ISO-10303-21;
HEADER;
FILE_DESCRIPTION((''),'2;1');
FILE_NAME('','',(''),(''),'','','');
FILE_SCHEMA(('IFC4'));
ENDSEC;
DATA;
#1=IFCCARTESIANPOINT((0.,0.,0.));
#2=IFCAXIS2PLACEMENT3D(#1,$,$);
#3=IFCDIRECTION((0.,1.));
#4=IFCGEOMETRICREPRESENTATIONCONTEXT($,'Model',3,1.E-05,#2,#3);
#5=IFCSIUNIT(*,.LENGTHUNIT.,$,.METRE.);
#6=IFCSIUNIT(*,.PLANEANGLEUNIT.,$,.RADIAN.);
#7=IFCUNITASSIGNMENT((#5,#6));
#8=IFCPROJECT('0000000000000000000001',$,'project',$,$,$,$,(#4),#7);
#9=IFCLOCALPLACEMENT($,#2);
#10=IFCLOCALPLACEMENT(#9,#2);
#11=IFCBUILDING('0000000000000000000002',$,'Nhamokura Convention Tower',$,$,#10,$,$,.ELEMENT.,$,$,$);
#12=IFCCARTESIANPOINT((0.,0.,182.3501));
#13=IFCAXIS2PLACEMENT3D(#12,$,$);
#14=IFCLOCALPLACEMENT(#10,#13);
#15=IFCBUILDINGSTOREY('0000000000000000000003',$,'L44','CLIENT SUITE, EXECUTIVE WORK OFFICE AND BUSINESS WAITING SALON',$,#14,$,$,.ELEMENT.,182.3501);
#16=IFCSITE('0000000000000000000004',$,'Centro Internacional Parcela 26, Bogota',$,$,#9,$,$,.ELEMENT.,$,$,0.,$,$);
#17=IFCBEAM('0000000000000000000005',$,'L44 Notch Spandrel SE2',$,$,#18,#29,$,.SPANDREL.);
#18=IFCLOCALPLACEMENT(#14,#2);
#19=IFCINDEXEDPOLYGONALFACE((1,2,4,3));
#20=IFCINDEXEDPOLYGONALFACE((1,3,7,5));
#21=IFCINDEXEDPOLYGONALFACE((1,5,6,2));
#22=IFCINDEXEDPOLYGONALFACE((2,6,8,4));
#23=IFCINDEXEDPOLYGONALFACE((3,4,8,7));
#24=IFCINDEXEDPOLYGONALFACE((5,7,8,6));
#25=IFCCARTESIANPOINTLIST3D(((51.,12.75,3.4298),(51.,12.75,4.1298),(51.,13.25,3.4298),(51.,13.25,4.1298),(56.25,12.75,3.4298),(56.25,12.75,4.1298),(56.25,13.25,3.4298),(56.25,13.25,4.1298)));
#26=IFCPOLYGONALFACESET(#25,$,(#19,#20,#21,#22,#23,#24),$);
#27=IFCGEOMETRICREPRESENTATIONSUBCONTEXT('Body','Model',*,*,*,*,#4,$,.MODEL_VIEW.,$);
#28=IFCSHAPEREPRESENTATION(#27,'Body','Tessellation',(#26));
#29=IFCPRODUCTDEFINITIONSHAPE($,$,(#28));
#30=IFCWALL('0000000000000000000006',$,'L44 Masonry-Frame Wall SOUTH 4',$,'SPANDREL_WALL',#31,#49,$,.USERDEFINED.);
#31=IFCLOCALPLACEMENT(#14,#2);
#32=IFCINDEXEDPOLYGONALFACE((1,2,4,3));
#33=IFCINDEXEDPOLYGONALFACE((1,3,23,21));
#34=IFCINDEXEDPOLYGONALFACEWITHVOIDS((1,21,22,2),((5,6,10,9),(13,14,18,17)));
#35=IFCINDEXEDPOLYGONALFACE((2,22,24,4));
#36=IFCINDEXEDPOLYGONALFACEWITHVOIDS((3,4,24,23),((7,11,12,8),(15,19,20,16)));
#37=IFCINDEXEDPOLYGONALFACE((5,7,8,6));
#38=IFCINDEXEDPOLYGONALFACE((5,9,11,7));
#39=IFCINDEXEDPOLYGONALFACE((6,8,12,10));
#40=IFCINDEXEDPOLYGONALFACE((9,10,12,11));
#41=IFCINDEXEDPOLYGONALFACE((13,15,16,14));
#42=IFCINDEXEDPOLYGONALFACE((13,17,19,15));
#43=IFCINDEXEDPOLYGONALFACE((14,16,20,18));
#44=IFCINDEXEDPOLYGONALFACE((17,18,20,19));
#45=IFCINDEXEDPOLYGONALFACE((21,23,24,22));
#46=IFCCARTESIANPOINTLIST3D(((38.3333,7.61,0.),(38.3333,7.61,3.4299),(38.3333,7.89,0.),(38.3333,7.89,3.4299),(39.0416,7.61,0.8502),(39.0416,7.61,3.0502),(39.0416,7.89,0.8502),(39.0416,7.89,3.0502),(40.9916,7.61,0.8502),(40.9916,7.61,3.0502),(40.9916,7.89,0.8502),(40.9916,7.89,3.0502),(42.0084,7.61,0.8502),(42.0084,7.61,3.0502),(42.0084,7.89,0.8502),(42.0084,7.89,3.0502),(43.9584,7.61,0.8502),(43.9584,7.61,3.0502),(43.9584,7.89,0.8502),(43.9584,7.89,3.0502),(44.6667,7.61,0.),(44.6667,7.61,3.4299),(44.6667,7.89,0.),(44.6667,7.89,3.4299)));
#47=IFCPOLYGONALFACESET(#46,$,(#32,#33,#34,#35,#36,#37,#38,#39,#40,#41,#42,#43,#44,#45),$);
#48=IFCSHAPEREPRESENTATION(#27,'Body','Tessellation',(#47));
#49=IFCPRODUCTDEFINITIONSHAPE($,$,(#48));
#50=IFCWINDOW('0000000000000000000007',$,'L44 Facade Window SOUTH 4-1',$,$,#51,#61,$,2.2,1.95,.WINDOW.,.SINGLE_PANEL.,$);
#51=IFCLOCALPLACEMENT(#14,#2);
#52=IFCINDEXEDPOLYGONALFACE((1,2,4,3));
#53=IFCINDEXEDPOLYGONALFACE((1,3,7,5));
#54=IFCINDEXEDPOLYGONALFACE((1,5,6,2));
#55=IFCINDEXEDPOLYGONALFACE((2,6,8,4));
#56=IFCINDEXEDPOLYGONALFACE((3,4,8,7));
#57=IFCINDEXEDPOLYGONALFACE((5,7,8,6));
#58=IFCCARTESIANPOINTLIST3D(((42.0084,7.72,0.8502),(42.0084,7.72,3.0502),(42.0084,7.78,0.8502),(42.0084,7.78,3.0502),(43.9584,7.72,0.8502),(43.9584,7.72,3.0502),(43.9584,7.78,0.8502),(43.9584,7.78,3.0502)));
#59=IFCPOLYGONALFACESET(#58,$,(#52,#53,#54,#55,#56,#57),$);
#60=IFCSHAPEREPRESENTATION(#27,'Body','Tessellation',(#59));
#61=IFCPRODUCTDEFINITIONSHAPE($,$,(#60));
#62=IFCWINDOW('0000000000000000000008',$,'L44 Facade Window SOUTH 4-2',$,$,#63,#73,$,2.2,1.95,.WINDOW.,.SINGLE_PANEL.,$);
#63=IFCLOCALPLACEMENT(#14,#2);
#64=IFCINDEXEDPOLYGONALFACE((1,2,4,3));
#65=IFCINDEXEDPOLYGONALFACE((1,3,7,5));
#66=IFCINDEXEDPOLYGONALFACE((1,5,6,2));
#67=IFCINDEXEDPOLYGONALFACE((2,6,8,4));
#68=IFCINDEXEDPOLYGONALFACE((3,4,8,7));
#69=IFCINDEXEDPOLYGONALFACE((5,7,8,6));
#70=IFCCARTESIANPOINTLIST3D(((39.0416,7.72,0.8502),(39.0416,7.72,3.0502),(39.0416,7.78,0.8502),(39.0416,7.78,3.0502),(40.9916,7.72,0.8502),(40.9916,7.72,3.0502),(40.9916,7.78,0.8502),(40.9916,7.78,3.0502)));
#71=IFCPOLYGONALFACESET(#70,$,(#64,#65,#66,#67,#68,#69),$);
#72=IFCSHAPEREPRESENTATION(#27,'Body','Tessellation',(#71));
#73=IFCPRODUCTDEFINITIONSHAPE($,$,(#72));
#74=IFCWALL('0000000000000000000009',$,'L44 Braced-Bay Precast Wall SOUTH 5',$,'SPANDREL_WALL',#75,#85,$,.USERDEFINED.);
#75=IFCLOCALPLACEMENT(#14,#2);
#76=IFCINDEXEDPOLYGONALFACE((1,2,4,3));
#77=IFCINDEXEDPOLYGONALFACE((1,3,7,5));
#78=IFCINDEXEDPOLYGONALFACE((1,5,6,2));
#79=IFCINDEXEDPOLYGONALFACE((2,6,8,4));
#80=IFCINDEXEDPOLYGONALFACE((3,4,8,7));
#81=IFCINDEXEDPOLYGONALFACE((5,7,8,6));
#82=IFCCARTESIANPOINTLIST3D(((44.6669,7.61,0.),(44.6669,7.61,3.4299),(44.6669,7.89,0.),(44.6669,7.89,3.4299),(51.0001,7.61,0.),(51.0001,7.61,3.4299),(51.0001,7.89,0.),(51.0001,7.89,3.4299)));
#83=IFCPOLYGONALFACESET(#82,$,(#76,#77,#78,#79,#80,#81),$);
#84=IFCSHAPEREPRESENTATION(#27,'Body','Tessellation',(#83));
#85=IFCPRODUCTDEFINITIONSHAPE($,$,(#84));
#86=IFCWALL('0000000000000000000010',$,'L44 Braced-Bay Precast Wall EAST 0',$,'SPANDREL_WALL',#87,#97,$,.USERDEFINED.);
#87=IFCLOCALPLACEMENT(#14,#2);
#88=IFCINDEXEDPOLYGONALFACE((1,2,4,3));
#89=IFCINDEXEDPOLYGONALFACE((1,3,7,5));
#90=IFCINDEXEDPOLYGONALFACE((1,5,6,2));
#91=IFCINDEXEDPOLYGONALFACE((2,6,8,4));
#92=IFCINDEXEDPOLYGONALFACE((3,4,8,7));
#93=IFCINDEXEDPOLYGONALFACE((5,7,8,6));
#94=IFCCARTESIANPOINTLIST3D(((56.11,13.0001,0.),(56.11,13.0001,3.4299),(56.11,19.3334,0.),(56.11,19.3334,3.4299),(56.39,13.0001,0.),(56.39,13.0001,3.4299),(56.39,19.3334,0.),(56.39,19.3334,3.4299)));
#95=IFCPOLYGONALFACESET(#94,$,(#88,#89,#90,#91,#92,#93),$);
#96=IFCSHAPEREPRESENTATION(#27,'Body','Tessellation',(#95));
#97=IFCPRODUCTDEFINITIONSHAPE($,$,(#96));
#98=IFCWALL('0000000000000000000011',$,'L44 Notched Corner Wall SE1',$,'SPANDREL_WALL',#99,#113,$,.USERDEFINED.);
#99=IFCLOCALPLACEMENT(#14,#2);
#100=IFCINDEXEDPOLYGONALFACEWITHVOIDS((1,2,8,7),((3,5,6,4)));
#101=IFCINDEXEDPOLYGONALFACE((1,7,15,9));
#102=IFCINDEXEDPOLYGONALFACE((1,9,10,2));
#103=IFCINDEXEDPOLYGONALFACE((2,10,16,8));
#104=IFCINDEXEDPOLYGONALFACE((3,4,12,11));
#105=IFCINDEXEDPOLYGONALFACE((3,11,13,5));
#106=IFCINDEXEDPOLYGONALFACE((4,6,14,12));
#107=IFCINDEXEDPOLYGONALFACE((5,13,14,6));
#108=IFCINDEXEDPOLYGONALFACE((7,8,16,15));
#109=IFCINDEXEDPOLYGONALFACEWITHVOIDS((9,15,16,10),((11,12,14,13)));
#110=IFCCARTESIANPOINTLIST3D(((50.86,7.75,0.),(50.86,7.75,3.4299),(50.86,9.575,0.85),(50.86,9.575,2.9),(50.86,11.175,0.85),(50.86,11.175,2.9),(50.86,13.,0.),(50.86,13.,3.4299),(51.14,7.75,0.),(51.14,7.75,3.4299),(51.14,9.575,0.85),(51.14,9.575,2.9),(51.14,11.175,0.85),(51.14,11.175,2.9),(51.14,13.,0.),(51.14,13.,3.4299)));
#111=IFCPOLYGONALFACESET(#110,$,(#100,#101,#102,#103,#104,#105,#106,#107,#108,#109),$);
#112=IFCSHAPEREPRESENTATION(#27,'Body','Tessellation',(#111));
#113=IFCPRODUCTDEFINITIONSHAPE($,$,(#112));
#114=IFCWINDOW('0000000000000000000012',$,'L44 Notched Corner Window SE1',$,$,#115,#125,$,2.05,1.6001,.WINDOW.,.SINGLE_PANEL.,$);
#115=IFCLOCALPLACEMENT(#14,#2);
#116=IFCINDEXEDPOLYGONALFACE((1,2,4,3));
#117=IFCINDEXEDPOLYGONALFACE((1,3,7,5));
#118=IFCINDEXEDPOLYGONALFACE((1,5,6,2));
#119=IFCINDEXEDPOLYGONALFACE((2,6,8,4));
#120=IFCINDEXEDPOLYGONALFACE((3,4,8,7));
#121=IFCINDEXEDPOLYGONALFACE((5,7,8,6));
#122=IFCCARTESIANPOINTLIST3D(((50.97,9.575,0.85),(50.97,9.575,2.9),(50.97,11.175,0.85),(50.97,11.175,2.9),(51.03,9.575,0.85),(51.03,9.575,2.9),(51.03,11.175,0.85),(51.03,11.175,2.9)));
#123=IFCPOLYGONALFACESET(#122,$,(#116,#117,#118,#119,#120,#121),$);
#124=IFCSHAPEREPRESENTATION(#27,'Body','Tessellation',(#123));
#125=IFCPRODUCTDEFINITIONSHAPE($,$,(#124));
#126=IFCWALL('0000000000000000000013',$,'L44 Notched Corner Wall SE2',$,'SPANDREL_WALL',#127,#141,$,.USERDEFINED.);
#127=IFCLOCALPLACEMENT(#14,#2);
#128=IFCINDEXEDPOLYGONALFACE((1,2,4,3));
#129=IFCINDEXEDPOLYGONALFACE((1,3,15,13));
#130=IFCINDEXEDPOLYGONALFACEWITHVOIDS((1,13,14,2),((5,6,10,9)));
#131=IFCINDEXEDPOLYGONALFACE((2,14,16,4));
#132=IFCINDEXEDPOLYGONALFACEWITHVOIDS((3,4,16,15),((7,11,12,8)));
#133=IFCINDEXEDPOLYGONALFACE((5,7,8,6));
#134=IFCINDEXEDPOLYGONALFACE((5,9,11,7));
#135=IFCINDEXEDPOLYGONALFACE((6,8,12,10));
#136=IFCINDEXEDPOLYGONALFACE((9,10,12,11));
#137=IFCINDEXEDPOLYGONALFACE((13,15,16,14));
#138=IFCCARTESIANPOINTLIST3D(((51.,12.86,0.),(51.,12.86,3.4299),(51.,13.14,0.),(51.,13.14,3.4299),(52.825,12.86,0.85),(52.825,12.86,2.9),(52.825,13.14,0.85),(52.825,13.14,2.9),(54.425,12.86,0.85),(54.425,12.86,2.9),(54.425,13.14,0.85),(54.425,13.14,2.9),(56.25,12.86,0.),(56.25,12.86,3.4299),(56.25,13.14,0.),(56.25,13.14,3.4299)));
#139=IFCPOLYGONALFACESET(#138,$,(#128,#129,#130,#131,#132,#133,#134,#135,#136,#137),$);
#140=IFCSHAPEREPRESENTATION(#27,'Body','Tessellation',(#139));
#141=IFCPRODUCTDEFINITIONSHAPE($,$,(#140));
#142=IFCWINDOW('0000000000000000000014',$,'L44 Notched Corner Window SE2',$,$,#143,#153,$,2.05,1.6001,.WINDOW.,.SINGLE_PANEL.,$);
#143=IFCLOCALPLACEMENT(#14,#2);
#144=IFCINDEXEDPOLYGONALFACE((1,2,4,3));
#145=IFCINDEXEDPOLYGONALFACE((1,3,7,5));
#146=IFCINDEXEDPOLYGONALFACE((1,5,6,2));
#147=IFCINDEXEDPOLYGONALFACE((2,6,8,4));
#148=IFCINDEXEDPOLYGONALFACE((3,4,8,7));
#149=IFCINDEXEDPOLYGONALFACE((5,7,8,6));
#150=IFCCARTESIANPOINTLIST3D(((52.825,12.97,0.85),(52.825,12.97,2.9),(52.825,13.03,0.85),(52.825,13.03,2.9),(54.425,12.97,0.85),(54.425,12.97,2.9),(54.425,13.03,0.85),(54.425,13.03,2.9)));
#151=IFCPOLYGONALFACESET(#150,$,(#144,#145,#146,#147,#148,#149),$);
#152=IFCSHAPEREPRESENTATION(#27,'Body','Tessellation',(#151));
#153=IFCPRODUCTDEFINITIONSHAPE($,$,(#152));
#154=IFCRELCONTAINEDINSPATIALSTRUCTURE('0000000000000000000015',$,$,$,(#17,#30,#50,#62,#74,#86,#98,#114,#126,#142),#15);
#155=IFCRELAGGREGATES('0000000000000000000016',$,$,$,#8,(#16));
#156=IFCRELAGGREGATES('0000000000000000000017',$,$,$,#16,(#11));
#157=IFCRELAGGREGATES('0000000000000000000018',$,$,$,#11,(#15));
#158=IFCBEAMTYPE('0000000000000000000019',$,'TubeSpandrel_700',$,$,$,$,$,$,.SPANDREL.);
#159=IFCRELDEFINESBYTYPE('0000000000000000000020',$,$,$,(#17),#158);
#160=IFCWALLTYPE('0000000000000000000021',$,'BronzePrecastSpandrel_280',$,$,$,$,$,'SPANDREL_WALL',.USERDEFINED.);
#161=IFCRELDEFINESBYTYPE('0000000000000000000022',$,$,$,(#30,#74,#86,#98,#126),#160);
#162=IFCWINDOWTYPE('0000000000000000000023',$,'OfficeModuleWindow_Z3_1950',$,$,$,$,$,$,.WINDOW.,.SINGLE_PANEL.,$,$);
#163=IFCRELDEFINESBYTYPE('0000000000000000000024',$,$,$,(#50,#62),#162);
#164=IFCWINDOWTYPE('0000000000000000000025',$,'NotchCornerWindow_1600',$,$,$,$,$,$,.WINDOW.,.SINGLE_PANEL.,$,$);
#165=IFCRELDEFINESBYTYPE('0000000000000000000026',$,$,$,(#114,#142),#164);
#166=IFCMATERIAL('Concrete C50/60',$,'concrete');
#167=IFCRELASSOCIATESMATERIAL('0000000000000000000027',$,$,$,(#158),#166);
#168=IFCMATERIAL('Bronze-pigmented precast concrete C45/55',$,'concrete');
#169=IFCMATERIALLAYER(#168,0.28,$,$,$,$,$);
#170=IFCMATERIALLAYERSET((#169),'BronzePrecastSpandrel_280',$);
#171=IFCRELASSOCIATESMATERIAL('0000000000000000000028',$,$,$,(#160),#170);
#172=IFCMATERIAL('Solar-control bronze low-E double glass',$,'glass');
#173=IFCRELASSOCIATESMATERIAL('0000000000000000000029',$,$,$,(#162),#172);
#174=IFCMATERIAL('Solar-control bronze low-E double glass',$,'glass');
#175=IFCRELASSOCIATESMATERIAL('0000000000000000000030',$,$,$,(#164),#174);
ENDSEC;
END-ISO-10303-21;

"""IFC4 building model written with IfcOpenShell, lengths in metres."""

from ifc_helpers import new_model, si_unit, direction, frame, frame_2d, origin, origin_2d, place, context, subcontext, project, spatial, rectangle, extrude, material, layer, layer_set, material_profile, profile_set, type_object, element, fill, save


model = new_model("IFC4")

# Units and contexts
model_context = context("Model", 3, precision=1e-05, world=origin(), true_north=direction((0.0, 1.0)))
body_context = subcontext(model_context, "Body", "Model", "MODEL_VIEW")
ifc_project = project(units=[si_unit("LENGTHUNIT", "METRE"), si_unit("PLANEANGLEUNIT", "RADIAN")], contexts=[model_context])

# Site, building, storey
site_placement = place(None, origin())
site = spatial("IfcSite", under=ifc_project, at=site_placement, Name="Centro Internacional Parcela 26, Bogota", CompositionType="ELEMENT", RefElevation=0.0)
building_placement = place(site_placement, origin())
building = spatial("IfcBuilding", under=site, at=building_placement, Name="Nhamokura Convention Tower", CompositionType="ELEMENT")
storey_placement = place(building_placement, frame((0.0, 0.0, 182.3501)))
storey = spatial("IfcBuildingStorey", under=building, at=storey_placement, Name="L44", Description="CLIENT SUITE, EXECUTIVE WORK OFFICE AND BUSINESS WAITING SALON", CompositionType="ELEMENT", Elevation=182.3501)

# Beam
ifc_material_1 = material(Name="Concrete C50/60", Category="concrete")
ifc_material_profile_1 = material_profile(ifc_material_1, rectangle(XDim=0.5, YDim=0.7, at=origin_2d()))
ifc_profile_set_1 = profile_set([ifc_material_profile_1], Name="Concrete C50/60")
beam_type_1 = type_object("IfcBeamType", Name="TubeSpandrel_700", PredefinedType="SPANDREL", material=ifc_profile_set_1)
for number, where, z_axis, x_axis, name in (
    (1, (51.0, 13.0, 3.7798), (1.0, 0.0, 0.0), (0.0, 1.0, 0.0), "L44 Notch Spandrel SE2"),
):
    element("IfcBeam", number, at=place(storey_placement, frame(where, z_axis=z_axis, x_axis=x_axis)), inside=storey, type_object=beam_type_1, Name=name, PredefinedType="SPANDREL", context=body_context, shape_type="SweptSolid", body=[
        extrude(rectangle(XDim=0.5, YDim=0.7, at=origin_2d()), origin(), (0.0, 0.0, 1.0), 5.25),
    ])

# Wall, openings, windows
ifc_material_2 = material(Name="Bronze-pigmented precast concrete C45/55", Category="concrete")
ifc_layer_1 = layer(ifc_material_2, 0.28)
ifc_layer_set_1 = layer_set([ifc_layer_1], Name="BronzePrecastSpandrel_280")
wall_type_1 = type_object("IfcWallType", Name="BronzePrecastSpandrel_280", ElementType="SPANDREL_WALL", PredefinedType="USERDEFINED", material=ifc_layer_set_1)
wall_1_placement = place(storey_placement, frame((44.6667, 7.75, 0.0), z_axis=(0.0, 0.0, 1.0), x_axis=(-1.0, 0.0, 0.0)))
wall_1 = element("IfcWall", 2, at=wall_1_placement, inside=storey, type_object=wall_type_1, Name="L44 Masonry-Frame Wall SOUTH 4", ObjectType="SPANDREL_WALL", PredefinedType="USERDEFINED", context=body_context, shape_type="SweptSolid", body=[
    extrude(rectangle(XDim=6.3335, YDim=0.28, at=frame_2d((3.1667, 0.0))), origin(), (0.0, 0.0, 1.0), 3.4299),
])
opening_1_placement = place(wall_1_placement, frame((0.7083, 0.0, 0.8501)))
opening_1 = element("IfcOpeningElement", 3, at=opening_1_placement, cuts=wall_1, PredefinedType="OPENING", context=body_context, shape_type="SweptSolid", body=[
    extrude(rectangle(XDim=1.95, YDim=2.2, at=frame_2d((0.9751, 1.1001))), frame((0.0, 0.1499, 0.0), z_axis=(0.0, -1.0, 0.0), x_axis=(1.0, 0.0, 0.0)), (0.0, 0.0, 1.0), 0.3),
])
opening_2_placement = place(wall_1_placement, frame((3.675, 0.0, 0.8501)))
opening_2 = element("IfcOpeningElement", 4, at=opening_2_placement, cuts=wall_1, PredefinedType="OPENING", context=body_context, shape_type="SweptSolid", body=[
    extrude(rectangle(XDim=1.95, YDim=2.2, at=frame_2d((0.9751, 1.1001))), frame((0.0, 0.1499, 0.0), z_axis=(0.0, -1.0, 0.0), x_axis=(1.0, 0.0, 0.0)), (0.0, 0.0, 1.0), 0.3),
])
ifc_material_3 = material(Name="Solar-control bronze low-E double glass", Category="glass")
window_type_1 = type_object("IfcWindowType", Name="OfficeModuleWindow_Z3_1950", PartitioningType="SINGLE_PANEL", PredefinedType="WINDOW", material=ifc_material_3)
window_1_placement = place(opening_1_placement, origin())
window_1 = element("IfcWindow", 5, at=window_1_placement, inside=storey, type_object=window_type_1, Name="L44 Facade Window SOUTH 4-1", OverallHeight=2.2, OverallWidth=1.95, PartitioningType="SINGLE_PANEL", PredefinedType="WINDOW", context=body_context, shape_type="SweptSolid", body=[
    extrude(rectangle(XDim=1.95, YDim=2.2, at=frame_2d((0.9751, 1.1001))), frame((0.0, 0.03, 0.0), z_axis=(0.0, -1.0, 0.0), x_axis=(1.0, 0.0, 0.0)), (0.0, 0.0, 1.0), 0.0601),
])
fill(opening_1, window_1)
window_2_placement = place(opening_2_placement, origin())
window_2 = element("IfcWindow", 6, at=window_2_placement, inside=storey, type_object=window_type_1, Name="L44 Facade Window SOUTH 4-2", OverallHeight=2.2, OverallWidth=1.95, PartitioningType="SINGLE_PANEL", PredefinedType="WINDOW", context=body_context, shape_type="SweptSolid", body=[
    extrude(rectangle(XDim=1.95, YDim=2.2, at=frame_2d((0.9751, 1.1001))), frame((0.0, 0.03, 0.0), z_axis=(0.0, -1.0, 0.0), x_axis=(1.0, 0.0, 0.0)), (0.0, 0.0, 1.0), 0.0601),
])
fill(opening_2, window_2)

# Walls
for number, where, z_axis, x_axis, name in (
    (7, (51.0, 7.75, 0.0), (0.0, 0.0, 1.0), (-1.0, 0.0, 0.0), "L44 Braced-Bay Precast Wall SOUTH 5"),
    (8, (56.25, 19.3333, 0.0), (0.0, 0.0, 1.0), (0.0, -1.0, 0.0), "L44 Braced-Bay Precast Wall EAST 0"),
):
    element("IfcWall", number, at=place(storey_placement, frame(where, z_axis=z_axis, x_axis=x_axis)), inside=storey, type_object=wall_type_1, Name=name, ObjectType="SPANDREL_WALL", PredefinedType="USERDEFINED", context=body_context, shape_type="SweptSolid", body=[
        extrude(rectangle(XDim=6.3333, YDim=0.28, at=frame_2d((3.1665, 0.0))), origin(), (0.0, 0.0, 1.0), 3.4299),
    ])

# Walls, openings, windows
wall_2_placement = place(storey_placement, frame((51.0, 13.0, 0.0), z_axis=(0.0, 0.0, 1.0), x_axis=(0.0, -1.0, 0.0)))
wall_2 = element("IfcWall", 9, at=wall_2_placement, inside=storey, type_object=wall_type_1, Name="L44 Notched Corner Wall SE1", ObjectType="SPANDREL_WALL", PredefinedType="USERDEFINED", context=body_context, shape_type="SweptSolid", body=[
    extrude(rectangle(XDim=5.25, YDim=0.28, at=frame_2d((2.625, 0.0))), origin(), (0.0, 0.0, 1.0), 3.4299),
])
opening_3_placement = place(wall_2_placement, frame((1.825, 0.0, 0.8501)))
opening_3 = element("IfcOpeningElement", 10, at=opening_3_placement, cuts=wall_2, PredefinedType="OPENING", context=body_context, shape_type="SweptSolid", body=[
    extrude(rectangle(XDim=1.6001, YDim=2.05, at=frame_2d((0.8, 1.0249))), frame((0.0, 0.1499, 0.0), z_axis=(0.0, -1.0, 0.0), x_axis=(1.0, 0.0, 0.0)), (0.0, 0.0, 1.0), 0.3),
])
ifc_material_4 = material(Name="Solar-control bronze low-E double glass", Category="glass")
window_type_2 = type_object("IfcWindowType", Name="NotchCornerWindow_1600", PartitioningType="SINGLE_PANEL", PredefinedType="WINDOW", material=ifc_material_4)
window_3_placement = place(opening_3_placement, origin())
window_3 = element("IfcWindow", 11, at=window_3_placement, inside=storey, type_object=window_type_2, Name="L44 Notched Corner Window SE1", OverallHeight=2.05, OverallWidth=1.6001, PartitioningType="SINGLE_PANEL", PredefinedType="WINDOW", context=body_context, shape_type="SweptSolid", body=[
    extrude(rectangle(XDim=1.6001, YDim=2.05, at=frame_2d((0.8, 1.0249))), frame((0.0, 0.03, 0.0), z_axis=(0.0, -1.0, 0.0), x_axis=(1.0, 0.0, 0.0)), (0.0, 0.0, 1.0), 0.0601),
])
fill(opening_3, window_3)
wall_3_placement = place(storey_placement, frame((56.25, 13.0, 0.0), z_axis=(0.0, 0.0, 1.0), x_axis=(-1.0, 0.0, 0.0)))
wall_3 = element("IfcWall", 12, at=wall_3_placement, inside=storey, type_object=wall_type_1, Name="L44 Notched Corner Wall SE2", ObjectType="SPANDREL_WALL", PredefinedType="USERDEFINED", context=body_context, shape_type="SweptSolid", body=[
    extrude(rectangle(XDim=5.25, YDim=0.28, at=frame_2d((2.625, 0.0))), origin(), (0.0, 0.0, 1.0), 3.4299),
])
opening_4_placement = place(wall_3_placement, frame((1.825, 0.0, 0.8501)))
opening_4 = element("IfcOpeningElement", 13, at=opening_4_placement, cuts=wall_3, PredefinedType="OPENING", context=body_context, shape_type="SweptSolid", body=[
    extrude(rectangle(XDim=1.6001, YDim=2.05, at=frame_2d((0.8, 1.0249))), frame((0.0, 0.1499, 0.0), z_axis=(0.0, -1.0, 0.0), x_axis=(1.0, 0.0, 0.0)), (0.0, 0.0, 1.0), 0.3),
])
window_4_placement = place(opening_4_placement, origin())
window_4 = element("IfcWindow", 14, at=window_4_placement, inside=storey, type_object=window_type_2, Name="L44 Notched Corner Window SE2", OverallHeight=2.05, OverallWidth=1.6001, PartitioningType="SINGLE_PANEL", PredefinedType="WINDOW", context=body_context, shape_type="SweptSolid", body=[
    extrude(rectangle(XDim=1.6001, YDim=2.05, at=frame_2d((0.8, 1.0249))), frame((0.0, 0.03, 0.0), z_axis=(0.0, -1.0, 0.0), x_axis=(1.0, 0.0, 0.0)), (0.0, 0.0, 1.0), 0.0601),
])
fill(opening_4, window_4)

save(model, "model.ifc")
